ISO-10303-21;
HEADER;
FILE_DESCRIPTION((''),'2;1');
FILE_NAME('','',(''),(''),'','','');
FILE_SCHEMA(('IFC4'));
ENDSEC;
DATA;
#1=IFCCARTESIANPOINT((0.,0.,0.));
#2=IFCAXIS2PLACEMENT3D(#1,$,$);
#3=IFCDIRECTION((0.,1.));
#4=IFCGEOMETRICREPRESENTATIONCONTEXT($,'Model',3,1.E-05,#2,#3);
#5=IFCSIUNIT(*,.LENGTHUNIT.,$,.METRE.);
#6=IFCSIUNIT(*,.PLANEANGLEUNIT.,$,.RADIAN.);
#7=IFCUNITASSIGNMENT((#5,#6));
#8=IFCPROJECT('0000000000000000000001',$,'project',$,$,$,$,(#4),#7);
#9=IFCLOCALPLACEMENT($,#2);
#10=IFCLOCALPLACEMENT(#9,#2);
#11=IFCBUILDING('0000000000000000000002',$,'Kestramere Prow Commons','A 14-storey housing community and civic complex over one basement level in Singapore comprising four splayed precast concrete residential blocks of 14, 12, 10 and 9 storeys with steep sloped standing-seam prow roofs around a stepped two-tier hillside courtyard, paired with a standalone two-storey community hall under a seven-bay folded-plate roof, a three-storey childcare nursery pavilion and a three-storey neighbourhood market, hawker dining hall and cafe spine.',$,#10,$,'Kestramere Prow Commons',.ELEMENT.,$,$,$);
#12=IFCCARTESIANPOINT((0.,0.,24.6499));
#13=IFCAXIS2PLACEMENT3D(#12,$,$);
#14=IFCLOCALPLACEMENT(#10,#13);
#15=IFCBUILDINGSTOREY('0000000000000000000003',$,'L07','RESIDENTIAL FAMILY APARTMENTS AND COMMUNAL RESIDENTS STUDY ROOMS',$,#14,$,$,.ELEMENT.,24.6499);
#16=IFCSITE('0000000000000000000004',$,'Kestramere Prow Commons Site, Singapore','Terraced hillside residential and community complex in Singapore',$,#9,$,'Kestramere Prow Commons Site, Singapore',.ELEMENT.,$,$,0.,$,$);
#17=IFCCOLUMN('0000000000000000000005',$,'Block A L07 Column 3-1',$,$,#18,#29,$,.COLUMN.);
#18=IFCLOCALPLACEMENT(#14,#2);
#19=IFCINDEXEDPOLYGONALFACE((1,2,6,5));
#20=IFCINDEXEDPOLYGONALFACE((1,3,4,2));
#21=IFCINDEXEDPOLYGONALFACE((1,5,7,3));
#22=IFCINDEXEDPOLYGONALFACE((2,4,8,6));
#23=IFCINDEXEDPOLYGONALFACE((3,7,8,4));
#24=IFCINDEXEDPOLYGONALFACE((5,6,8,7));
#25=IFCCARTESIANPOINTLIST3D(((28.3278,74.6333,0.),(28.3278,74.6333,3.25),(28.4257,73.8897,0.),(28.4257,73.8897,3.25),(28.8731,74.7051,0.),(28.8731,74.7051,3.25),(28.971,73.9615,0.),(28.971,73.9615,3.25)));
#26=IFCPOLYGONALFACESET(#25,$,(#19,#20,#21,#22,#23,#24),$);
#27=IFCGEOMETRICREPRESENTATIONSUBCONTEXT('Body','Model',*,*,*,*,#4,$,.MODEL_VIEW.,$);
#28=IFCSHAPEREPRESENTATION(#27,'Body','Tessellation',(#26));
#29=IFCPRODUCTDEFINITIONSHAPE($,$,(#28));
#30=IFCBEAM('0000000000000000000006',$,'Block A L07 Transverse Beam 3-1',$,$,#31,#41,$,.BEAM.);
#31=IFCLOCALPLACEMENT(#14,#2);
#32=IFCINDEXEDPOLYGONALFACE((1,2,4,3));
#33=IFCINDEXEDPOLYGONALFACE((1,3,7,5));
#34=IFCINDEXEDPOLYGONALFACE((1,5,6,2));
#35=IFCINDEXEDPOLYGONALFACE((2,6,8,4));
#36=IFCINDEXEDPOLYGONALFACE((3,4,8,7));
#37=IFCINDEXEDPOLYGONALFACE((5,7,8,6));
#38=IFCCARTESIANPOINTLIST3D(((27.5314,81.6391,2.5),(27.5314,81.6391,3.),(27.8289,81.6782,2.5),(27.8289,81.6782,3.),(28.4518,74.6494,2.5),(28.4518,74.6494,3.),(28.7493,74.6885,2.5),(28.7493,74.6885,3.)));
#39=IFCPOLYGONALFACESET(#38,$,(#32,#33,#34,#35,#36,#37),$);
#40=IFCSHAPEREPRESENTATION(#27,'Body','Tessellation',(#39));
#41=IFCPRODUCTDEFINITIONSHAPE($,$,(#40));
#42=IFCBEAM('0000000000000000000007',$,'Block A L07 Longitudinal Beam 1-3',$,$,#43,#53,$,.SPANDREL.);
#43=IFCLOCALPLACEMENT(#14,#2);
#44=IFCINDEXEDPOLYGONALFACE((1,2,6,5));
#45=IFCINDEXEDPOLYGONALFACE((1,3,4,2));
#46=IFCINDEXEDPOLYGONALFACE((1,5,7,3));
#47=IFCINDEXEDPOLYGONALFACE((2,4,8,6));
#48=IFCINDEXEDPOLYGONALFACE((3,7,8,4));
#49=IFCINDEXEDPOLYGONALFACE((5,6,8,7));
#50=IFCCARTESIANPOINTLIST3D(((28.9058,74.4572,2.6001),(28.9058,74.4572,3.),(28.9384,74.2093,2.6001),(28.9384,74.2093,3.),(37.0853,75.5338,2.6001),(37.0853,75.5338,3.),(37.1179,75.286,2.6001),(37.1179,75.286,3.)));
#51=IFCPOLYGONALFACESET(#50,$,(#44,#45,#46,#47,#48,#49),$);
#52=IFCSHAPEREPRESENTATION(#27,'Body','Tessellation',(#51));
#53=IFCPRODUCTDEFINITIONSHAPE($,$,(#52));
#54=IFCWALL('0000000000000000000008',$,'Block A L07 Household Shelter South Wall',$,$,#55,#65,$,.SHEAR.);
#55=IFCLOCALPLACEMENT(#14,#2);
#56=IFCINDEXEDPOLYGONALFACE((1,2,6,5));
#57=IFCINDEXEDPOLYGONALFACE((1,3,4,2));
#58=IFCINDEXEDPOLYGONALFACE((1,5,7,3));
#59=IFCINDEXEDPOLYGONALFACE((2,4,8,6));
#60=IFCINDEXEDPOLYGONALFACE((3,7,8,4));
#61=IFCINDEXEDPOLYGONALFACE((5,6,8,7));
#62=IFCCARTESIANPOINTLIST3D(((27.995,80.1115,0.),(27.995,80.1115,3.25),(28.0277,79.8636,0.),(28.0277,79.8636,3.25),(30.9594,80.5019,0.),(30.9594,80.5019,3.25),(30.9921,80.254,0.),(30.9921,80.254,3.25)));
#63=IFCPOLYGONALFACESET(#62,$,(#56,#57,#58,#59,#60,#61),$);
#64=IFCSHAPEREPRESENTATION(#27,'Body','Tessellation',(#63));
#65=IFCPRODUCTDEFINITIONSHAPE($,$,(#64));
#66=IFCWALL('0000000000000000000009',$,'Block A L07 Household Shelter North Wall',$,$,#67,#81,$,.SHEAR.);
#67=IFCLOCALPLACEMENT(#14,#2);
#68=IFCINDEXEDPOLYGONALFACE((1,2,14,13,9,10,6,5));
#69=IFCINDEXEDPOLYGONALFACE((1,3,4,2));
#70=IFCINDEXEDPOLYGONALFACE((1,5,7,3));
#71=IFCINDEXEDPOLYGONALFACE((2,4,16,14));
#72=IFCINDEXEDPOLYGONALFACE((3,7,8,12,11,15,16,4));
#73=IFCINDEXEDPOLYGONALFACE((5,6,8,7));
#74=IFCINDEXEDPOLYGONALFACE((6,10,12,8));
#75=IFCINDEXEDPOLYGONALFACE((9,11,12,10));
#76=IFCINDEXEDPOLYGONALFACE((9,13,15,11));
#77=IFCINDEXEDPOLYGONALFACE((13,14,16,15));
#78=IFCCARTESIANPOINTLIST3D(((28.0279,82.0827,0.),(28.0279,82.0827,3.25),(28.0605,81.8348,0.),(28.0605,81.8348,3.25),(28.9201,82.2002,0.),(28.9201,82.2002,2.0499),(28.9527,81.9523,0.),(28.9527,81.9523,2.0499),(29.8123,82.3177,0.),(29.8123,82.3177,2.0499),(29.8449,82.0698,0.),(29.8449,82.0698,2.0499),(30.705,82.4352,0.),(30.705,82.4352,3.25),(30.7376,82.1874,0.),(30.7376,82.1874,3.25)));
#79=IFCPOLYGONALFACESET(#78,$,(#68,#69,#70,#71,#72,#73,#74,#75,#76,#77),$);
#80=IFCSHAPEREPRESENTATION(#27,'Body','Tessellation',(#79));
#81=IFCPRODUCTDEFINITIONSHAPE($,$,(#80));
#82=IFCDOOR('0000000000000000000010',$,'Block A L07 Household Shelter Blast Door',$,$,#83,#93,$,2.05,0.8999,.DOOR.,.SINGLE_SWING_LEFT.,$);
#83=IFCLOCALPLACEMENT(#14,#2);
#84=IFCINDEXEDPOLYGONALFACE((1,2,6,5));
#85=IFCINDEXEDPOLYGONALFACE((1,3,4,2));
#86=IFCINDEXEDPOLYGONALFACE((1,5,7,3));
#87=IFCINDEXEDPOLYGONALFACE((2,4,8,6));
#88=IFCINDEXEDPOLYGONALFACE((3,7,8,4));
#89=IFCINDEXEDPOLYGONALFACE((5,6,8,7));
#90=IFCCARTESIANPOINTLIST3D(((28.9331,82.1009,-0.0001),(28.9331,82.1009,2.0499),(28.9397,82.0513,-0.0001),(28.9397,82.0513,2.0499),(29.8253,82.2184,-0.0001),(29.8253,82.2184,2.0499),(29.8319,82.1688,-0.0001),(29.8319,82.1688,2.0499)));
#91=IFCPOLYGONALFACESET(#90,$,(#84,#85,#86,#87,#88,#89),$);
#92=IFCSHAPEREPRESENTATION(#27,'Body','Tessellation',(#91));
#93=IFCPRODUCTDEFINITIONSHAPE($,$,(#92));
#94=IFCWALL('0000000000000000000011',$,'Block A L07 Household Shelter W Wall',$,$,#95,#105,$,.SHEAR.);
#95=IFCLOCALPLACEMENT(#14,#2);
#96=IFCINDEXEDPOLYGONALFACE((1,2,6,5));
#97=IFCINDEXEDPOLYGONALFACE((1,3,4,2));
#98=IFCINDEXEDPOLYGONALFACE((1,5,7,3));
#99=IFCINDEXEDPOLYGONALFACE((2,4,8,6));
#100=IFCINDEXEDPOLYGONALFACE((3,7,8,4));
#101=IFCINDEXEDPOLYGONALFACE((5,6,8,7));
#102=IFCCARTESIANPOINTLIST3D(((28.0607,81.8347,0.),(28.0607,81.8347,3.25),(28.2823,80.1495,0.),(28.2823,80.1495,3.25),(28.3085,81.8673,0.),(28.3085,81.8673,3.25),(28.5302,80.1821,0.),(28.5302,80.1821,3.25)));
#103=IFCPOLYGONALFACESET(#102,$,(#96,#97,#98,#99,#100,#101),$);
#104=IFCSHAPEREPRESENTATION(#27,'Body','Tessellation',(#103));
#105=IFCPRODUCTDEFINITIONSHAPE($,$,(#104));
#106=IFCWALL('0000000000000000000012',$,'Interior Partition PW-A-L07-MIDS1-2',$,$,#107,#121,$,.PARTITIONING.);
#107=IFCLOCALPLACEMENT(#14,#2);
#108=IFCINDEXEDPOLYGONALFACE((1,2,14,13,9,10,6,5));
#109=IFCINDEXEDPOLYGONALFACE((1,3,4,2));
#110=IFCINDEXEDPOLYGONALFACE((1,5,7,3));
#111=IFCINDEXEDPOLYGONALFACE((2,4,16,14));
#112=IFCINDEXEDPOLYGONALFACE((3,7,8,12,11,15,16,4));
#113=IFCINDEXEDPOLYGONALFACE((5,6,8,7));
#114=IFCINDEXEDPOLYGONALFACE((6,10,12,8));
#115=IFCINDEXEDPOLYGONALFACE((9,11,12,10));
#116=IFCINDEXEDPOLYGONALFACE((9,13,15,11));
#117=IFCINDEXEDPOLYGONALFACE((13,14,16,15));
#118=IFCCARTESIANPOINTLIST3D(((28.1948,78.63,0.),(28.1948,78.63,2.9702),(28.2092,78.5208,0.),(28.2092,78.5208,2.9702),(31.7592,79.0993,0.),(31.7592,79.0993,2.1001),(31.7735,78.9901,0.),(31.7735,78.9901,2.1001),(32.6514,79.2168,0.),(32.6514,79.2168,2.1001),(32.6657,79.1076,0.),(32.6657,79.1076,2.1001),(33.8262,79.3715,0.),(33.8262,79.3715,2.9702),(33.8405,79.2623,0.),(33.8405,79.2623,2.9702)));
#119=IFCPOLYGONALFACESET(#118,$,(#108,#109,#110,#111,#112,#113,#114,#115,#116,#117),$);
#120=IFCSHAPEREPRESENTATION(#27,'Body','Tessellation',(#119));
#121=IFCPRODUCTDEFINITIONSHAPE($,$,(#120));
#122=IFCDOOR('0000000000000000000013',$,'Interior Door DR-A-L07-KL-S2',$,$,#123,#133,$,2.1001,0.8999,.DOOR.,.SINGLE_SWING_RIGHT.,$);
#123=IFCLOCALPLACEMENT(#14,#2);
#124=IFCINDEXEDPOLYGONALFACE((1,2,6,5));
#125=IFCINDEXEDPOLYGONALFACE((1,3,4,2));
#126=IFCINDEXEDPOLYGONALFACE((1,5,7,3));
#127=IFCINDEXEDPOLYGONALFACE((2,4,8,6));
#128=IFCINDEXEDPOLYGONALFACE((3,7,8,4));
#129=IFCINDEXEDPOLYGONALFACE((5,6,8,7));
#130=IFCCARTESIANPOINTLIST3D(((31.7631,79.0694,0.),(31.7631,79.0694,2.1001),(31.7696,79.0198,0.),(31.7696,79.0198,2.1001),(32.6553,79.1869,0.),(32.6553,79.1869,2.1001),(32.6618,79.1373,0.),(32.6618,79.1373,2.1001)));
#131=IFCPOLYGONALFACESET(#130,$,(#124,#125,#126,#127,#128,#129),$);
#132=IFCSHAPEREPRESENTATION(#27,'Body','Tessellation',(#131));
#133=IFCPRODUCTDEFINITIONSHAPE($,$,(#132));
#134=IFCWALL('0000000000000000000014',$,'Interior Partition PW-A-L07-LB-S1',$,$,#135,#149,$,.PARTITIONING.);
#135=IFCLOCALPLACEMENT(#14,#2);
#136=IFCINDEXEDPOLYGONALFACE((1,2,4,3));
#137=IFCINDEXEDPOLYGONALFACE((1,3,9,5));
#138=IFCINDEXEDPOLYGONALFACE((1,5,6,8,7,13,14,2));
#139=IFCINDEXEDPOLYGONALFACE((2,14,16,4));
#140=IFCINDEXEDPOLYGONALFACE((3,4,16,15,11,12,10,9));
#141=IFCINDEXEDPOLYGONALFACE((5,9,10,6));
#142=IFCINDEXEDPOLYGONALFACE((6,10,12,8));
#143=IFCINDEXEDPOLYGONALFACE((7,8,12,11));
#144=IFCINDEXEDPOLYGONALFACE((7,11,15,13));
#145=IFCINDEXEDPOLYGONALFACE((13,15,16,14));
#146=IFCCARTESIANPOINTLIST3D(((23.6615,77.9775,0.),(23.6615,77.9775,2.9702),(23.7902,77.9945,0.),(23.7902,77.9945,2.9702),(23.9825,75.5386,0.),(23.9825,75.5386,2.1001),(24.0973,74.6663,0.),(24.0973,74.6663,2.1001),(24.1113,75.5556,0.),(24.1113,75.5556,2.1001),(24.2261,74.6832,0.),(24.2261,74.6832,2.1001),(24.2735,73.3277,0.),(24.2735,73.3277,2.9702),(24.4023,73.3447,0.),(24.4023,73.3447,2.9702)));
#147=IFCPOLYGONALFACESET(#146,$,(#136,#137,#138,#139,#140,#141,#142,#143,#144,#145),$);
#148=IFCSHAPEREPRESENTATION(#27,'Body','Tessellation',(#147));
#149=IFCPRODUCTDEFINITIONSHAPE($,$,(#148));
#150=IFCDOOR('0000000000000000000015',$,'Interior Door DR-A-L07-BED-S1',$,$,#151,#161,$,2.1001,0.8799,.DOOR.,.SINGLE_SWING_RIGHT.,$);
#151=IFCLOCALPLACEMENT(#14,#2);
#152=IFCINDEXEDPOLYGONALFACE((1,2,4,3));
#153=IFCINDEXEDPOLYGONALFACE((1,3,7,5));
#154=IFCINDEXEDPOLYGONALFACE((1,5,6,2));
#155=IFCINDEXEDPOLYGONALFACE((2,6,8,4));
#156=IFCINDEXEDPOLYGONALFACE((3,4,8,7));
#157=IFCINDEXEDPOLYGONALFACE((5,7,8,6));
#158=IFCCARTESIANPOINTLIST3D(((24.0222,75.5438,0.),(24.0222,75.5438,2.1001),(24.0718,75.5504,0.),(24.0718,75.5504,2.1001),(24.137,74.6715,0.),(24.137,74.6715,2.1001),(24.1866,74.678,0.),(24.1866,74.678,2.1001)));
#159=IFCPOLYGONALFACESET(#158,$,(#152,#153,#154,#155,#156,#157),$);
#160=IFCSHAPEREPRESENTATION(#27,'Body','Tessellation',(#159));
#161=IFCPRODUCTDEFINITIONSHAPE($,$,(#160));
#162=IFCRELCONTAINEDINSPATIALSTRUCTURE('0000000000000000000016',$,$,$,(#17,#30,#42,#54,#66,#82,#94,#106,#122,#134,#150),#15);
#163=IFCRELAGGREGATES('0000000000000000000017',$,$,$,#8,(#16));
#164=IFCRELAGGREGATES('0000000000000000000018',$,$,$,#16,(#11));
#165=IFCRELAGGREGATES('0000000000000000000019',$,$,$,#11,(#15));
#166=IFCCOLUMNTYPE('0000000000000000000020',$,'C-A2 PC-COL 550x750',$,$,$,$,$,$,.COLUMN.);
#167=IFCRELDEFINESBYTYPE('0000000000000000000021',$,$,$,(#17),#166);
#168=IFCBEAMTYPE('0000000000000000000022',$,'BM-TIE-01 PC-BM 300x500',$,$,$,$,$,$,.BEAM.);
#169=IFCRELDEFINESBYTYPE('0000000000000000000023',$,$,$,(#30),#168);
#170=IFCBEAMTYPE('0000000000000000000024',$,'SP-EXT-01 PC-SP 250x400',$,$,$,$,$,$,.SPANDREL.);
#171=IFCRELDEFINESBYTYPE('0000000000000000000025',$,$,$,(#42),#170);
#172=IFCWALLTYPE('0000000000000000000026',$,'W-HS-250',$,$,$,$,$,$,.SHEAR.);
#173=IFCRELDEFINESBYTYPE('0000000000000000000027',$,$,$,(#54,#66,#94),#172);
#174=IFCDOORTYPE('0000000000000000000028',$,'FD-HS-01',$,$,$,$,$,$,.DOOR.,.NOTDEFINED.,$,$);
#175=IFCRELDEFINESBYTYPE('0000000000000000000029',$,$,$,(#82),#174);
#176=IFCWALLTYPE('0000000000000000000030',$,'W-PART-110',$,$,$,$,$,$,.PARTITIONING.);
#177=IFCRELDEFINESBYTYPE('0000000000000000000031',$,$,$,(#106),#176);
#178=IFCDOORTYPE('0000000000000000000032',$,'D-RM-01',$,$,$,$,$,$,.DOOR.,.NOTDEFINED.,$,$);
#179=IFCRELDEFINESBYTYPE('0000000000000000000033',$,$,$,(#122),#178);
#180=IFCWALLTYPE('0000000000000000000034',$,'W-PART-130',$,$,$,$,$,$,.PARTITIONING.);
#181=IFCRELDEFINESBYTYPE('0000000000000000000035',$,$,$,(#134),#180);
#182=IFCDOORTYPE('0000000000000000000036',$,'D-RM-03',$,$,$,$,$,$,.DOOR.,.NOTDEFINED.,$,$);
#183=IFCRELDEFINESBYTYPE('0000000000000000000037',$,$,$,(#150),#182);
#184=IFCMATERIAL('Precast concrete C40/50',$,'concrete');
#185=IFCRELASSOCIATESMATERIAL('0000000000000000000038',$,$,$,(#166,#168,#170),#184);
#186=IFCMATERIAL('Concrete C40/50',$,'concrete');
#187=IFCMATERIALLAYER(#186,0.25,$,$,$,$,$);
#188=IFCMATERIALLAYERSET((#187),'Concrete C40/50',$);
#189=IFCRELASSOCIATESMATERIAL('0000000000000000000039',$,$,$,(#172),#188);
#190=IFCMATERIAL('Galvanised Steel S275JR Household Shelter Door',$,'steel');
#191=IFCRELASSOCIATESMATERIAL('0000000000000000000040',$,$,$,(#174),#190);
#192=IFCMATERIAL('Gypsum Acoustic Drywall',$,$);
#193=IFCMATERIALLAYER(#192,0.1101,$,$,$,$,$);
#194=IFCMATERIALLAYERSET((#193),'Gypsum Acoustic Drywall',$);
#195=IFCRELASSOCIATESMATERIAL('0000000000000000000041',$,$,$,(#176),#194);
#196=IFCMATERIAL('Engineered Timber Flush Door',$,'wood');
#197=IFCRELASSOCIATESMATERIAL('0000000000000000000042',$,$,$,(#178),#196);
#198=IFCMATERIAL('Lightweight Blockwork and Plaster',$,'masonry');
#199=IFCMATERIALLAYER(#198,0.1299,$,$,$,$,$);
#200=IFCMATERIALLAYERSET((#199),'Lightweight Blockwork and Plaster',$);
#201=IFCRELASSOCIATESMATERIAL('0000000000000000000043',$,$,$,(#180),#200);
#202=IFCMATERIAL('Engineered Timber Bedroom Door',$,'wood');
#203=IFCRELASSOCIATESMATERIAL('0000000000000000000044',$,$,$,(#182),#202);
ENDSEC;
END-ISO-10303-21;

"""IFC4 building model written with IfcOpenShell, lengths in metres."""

from ifc_helpers import new_model, si_unit, direction, frame, frame_2d, origin, origin_2d, place, context, subcontext, project, spatial, rectangle, extrude, material, layer, layer_set, material_profile, profile_set, type_object, element, fill, save


model = new_model("IFC4")

# Units and contexts
model_context = context("Model", 3, precision=1e-05, world=origin(), true_north=direction((0.0, 1.0)))
body_context = subcontext(model_context, "Body", "Model", "MODEL_VIEW")
ifc_project = project(units=[si_unit("LENGTHUNIT", "METRE"), si_unit("PLANEANGLEUNIT", "RADIAN")], contexts=[model_context])

# Site, building, storey
site_placement = place(None, origin())
site = spatial("IfcSite", under=ifc_project, at=site_placement, Name="Kestramere Prow Commons Site, Singapore", Description="Terraced hillside residential and community complex in Singapore", LongName="Kestramere Prow Commons Site, Singapore", CompositionType="ELEMENT", RefElevation=0.0)
building_placement = place(site_placement, origin())
building = spatial("IfcBuilding", under=site, at=building_placement, Name="Kestramere Prow Commons", Description="A 14-storey housing community and civic complex over one basement level in Singapore comprising four splayed precast concrete residential blocks of 14, 12, 10 and 9 storeys with steep sloped standing-seam prow roofs around a stepped two-tier hillside courtyard, paired with a standalone two-storey community hall under a seven-bay folded-plate roof, a three-storey childcare nursery pavilion and a three-storey neighbourhood market, hawker dining hall and cafe spine.", LongName="Kestramere Prow Commons", CompositionType="ELEMENT")
storey_placement = place(building_placement, frame((0.0, 0.0, 24.6499)))
storey = spatial("IfcBuildingStorey", under=building, at=storey_placement, Name="L07", Description="RESIDENTIAL FAMILY APARTMENTS AND COMMUNAL RESIDENTS STUDY ROOMS", CompositionType="ELEMENT", Elevation=24.6499)

# Column
ifc_material_1 = material(Name="Precast concrete C40/50", Category="concrete")
ifc_material_profile_1 = material_profile(ifc_material_1, rectangle(XDim=0.55, YDim=0.75, at=origin_2d()), Name="PC-COL 550x750")
ifc_profile_set_1 = profile_set([ifc_material_profile_1], Name="Precast concrete C40/50")
column_type = type_object("IfcColumnType", Name="C-A2 PC-COL 550x750", PredefinedType="COLUMN", material=ifc_profile_set_1)
column_placement = place(storey_placement, frame((28.6494, 74.2974, 0.0), z_axis=(0.0, 0.0, 1.0), x_axis=(0.991445, 0.130526, 0.0)))
element("IfcColumn", 1, at=column_placement, inside=storey, type_object=column_type, Name="Block A L07 Column 3-1", PredefinedType="COLUMN", context=body_context, shape_type="SweptSolid", body=[
    extrude(rectangle(XDim=0.55, YDim=0.75, at=origin_2d()), origin(), (0.0, 0.0, 1.0), 3.25),
])

# Beams
ifc_material_profile_2 = material_profile(ifc_material_1, rectangle(XDim=0.3, YDim=0.5, at=origin_2d()), Name="PC-BM 300x500")
ifc_profile_set_2 = profile_set([ifc_material_profile_2], Name="Precast concrete C40/50")
beam_type_1 = type_object("IfcBeamType", Name="BM-TIE-01 PC-BM 300x500", PredefinedType="BEAM", material=ifc_profile_set_2)
beam_1_placement = place(storey_placement, frame((28.6006, 74.6689, 2.75), z_axis=(-0.130553, 0.991441, 0.0), x_axis=(-0.991441, -0.130553, 0.0)))
element("IfcBeam", 2, at=beam_1_placement, inside=storey, type_object=beam_type_1, Name="Block A L07 Transverse Beam 3-1", PredefinedType="BEAM", context=body_context, shape_type="SweptSolid", body=[
    extrude(rectangle(XDim=0.3, YDim=0.5, at=origin_2d()), origin(), (0.0, 0.0, 1.0), 7.05),
])
ifc_material_profile_3 = material_profile(ifc_material_1, rectangle(XDim=0.25, YDim=0.3999, at=origin_2d()), Name="PC-SP 250x400")
ifc_profile_set_3 = profile_set([ifc_material_profile_3], Name="Precast concrete C40/50")
beam_type_2 = type_object("IfcBeamType", Name="SP-EXT-01 PC-SP 250x400", PredefinedType="SPANDREL", material=ifc_profile_set_3)
beam_2_placement = place(storey_placement, frame((28.9221, 74.3333, 2.8), z_axis=(0.991448, 0.130504, 0.0), x_axis=(-0.130504, 0.991448, 0.0)))
element("IfcBeam", 3, at=beam_2_placement, inside=storey, type_object=beam_type_2, Name="Block A L07 Longitudinal Beam 1-3", PredefinedType="SPANDREL", context=body_context, shape_type="SweptSolid", body=[
    extrude(rectangle(XDim=0.25, YDim=0.3999, at=origin_2d()), origin(), (0.0, 0.0, 1.0), 8.25),
])

# Wall
ifc_material_2 = material(Name="Concrete C40/50", Category="concrete")
ifc_layer_1 = layer(ifc_material_2, 0.25)
ifc_layer_set_1 = layer_set([ifc_layer_1], Name="Concrete C40/50")
wall_type_1 = type_object("IfcWallType", Name="W-HS-250", PredefinedType="SHEAR", material=ifc_layer_set_1)
wall_1_placement = place(storey_placement, frame((28.0112, 79.9875, 0.0), z_axis=(0.0, 0.0, 1.0), x_axis=(0.99144, 0.130564, 0.0)))
element("IfcWall", 4, at=wall_1_placement, inside=storey, type_object=wall_type_1, Name="Block A L07 Household Shelter South Wall", PredefinedType="SHEAR", context=body_context, shape_type="SweptSolid", body=[
    extrude(rectangle(XDim=2.99, YDim=0.25, at=frame_2d((1.4951, 0.0))), origin(), (0.0, 0.0, 1.0), 3.25),
])

# Wall, opening, door
wall_2_placement = place(storey_placement, frame((28.0442, 81.9587, 0.0), z_axis=(0.0, 0.0, 1.0), x_axis=(0.99144, 0.130564, 0.0)))
wall_2 = element("IfcWall", 5, at=wall_2_placement, inside=storey, type_object=wall_type_1, Name="Block A L07 Household Shelter North Wall", PredefinedType="SHEAR", context=body_context, shape_type="SweptSolid", body=[
    extrude(rectangle(XDim=2.7002, YDim=0.25, at=frame_2d((1.3501, 0.0))), origin(), (0.0, 0.0, 1.0), 3.25),
])
opening_1_placement = place(wall_2_placement, frame((0.8999, 0.0, 0.0)))
opening_1 = element("IfcOpeningElement", 6, at=opening_1_placement, cuts=wall_2, PredefinedType="OPENING", context=body_context, shape_type="SweptSolid", body=[
    extrude(rectangle(XDim=0.8999, YDim=2.05, at=frame_2d((0.45, 1.0249))), frame((0.0, 0.1399, 0.0), z_axis=(0.0, -1.0, 0.0), x_axis=(1.0, 0.0, 0.0)), (0.0, 0.0, 1.0), 0.28),
])
ifc_material_3 = material(Name="Galvanised Steel S275JR Household Shelter Door", Category="steel")
door_type_1 = type_object("IfcDoorType", Name="FD-HS-01", OperationType="NOTDEFINED", PredefinedType="DOOR", material=ifc_material_3)
door_1_placement = place(opening_1_placement, origin())
door_1 = element("IfcDoor", 7, at=door_1_placement, inside=storey, type_object=door_type_1, Name="Block A L07 Household Shelter Blast Door", OperationType="SINGLE_SWING_LEFT", OverallHeight=2.05, OverallWidth=0.8999, PredefinedType="DOOR", context=body_context, shape_type="SweptSolid", body=[
    extrude(rectangle(XDim=0.8999, YDim=2.05, at=frame_2d((0.45, 1.0249))), frame((0.0, 0.0249, 0.0), z_axis=(0.0, -1.0, 0.0), x_axis=(1.0, 0.0, 0.0)), (0.0, 0.0, 1.0), 0.05),
])
fill(opening_1, door_1)

# Wall
wall_3_placement = place(storey_placement, frame((28.4062, 80.1658, 0.0), z_axis=(0.0, 0.0, 1.0), x_axis=(-0.130414, 0.99146, 0.0)))
element("IfcWall", 8, at=wall_3_placement, inside=storey, type_object=wall_type_1, Name="Block A L07 Household Shelter W Wall", PredefinedType="SHEAR", context=body_context, shape_type="SweptSolid", body=[
    extrude(rectangle(XDim=1.6997, YDim=0.25, at=frame_2d((0.8499, 0.0))), origin(), (0.0, 0.0, 1.0), 3.25),
])

# Walls, openings, doors
ifc_material_4 = material(Name="Gypsum Acoustic Drywall")
ifc_layer_2 = layer(ifc_material_4, 0.1101)
ifc_layer_set_2 = layer_set([ifc_layer_2], Name="Gypsum Acoustic Drywall")
wall_type_2 = type_object("IfcWallType", Name="W-PART-110", PredefinedType="PARTITIONING", material=ifc_layer_set_2)
wall_4_placement = place(storey_placement, frame((28.2021, 78.5754, 0.0), z_axis=(0.0, 0.0, 1.0), x_axis=(0.991443, 0.130539, 0.0)))
wall_4 = element("IfcWall", 9, at=wall_4_placement, inside=storey, type_object=wall_type_2, Name="Interior Partition PW-A-L07-MIDS1-2", PredefinedType="PARTITIONING", context=body_context, shape_type="SweptSolid", body=[
    extrude(rectangle(XDim=5.6799, YDim=0.1101, at=frame_2d((2.8398, 0.0))), origin(), (0.0, 0.0, 1.0), 2.9702),
])
opening_2_placement = place(wall_4_placement, frame((3.595, 0.0, 0.0)))
opening_2 = element("IfcOpeningElement", 10, at=opening_2_placement, cuts=wall_4, PredefinedType="OPENING", context=body_context, shape_type="SweptSolid", body=[
    extrude(rectangle(XDim=0.8999, YDim=2.1001, at=frame_2d((0.45, 1.05))), frame((0.0, 0.0701, 0.0), z_axis=(0.0, -1.0, 0.0), x_axis=(1.0, 0.0, 0.0)), (0.0, 0.0, 1.0), 0.1401),
])
ifc_material_5 = material(Name="Engineered Timber Flush Door", Category="wood")
door_type_2 = type_object("IfcDoorType", Name="D-RM-01", OperationType="NOTDEFINED", PredefinedType="DOOR", material=ifc_material_5)
door_2_placement = place(opening_2_placement, origin())
door_2 = element("IfcDoor", 11, at=door_2_placement, inside=storey, type_object=door_type_2, Name="Interior Door DR-A-L07-KL-S2", OperationType="SINGLE_SWING_RIGHT", OverallHeight=2.1001, OverallWidth=0.8999, PredefinedType="DOOR", context=body_context, shape_type="SweptSolid", body=[
    extrude(rectangle(XDim=0.8999, YDim=2.1001, at=frame_2d((0.45, 1.05))), frame((0.0, 0.0249, 0.0), z_axis=(0.0, -1.0, 0.0), x_axis=(1.0, 0.0, 0.0)), (0.0, 0.0, 1.0), 0.05),
])
fill(opening_2, door_2)
ifc_material_6 = material(Name="Lightweight Blockwork and Plaster", Category="masonry")
ifc_layer_3 = layer(ifc_material_6, 0.1299)
ifc_layer_set_3 = layer_set([ifc_layer_3], Name="Lightweight Blockwork and Plaster")
wall_type_3 = type_object("IfcWallType", Name="W-PART-130", PredefinedType="PARTITIONING", material=ifc_layer_set_3)
wall_5_placement = place(storey_placement, frame((24.3379, 73.3362, 0.0), z_axis=(0.0, 0.0, 1.0), x_axis=(-0.130503, 0.991448, 0.0)))
wall_5 = element("IfcWall", 12, at=wall_5_placement, inside=storey, type_object=wall_type_3, Name="Interior Partition PW-A-L07-LB-S1", PredefinedType="PARTITIONING", context=body_context, shape_type="SweptSolid", body=[
    extrude(rectangle(XDim=4.6899, YDim=0.1299, at=frame_2d((2.345, 0.0))), origin(), (0.0, 0.0, 1.0), 2.9702),
])
opening_3_placement = place(wall_5_placement, frame((1.3501, 0.0, 0.0)))
opening_3 = element("IfcOpeningElement", 13, at=opening_3_placement, cuts=wall_5, PredefinedType="OPENING", context=body_context, shape_type="SweptSolid", body=[
    extrude(rectangle(XDim=0.8799, YDim=2.1001, at=frame_2d((0.4399, 1.05))), frame((0.0, 0.0798, 0.0), z_axis=(0.0, -1.0, 0.0), x_axis=(1.0, 0.0, 0.0)), (0.0, 0.0, 1.0), 0.1599),
])
ifc_material_7 = material(Name="Engineered Timber Bedroom Door", Category="wood")
door_type_3 = type_object("IfcDoorType", Name="D-RM-03", OperationType="NOTDEFINED", PredefinedType="DOOR", material=ifc_material_7)
door_3_placement = place(opening_3_placement, origin())
door_3 = element("IfcDoor", 14, at=door_3_placement, inside=storey, type_object=door_type_3, Name="Interior Door DR-A-L07-BED-S1", OperationType="SINGLE_SWING_RIGHT", OverallHeight=2.1001, OverallWidth=0.8799, PredefinedType="DOOR", context=body_context, shape_type="SweptSolid", body=[
    extrude(rectangle(XDim=0.8799, YDim=2.1001, at=frame_2d((0.4399, 1.05))), frame((0.0, 0.0249, 0.0), z_axis=(0.0, -1.0, 0.0), x_axis=(1.0, 0.0, 0.0)), (0.0, 0.0, 1.0), 0.05),
])
fill(opening_3, door_3)

save(model, "model.ifc")
